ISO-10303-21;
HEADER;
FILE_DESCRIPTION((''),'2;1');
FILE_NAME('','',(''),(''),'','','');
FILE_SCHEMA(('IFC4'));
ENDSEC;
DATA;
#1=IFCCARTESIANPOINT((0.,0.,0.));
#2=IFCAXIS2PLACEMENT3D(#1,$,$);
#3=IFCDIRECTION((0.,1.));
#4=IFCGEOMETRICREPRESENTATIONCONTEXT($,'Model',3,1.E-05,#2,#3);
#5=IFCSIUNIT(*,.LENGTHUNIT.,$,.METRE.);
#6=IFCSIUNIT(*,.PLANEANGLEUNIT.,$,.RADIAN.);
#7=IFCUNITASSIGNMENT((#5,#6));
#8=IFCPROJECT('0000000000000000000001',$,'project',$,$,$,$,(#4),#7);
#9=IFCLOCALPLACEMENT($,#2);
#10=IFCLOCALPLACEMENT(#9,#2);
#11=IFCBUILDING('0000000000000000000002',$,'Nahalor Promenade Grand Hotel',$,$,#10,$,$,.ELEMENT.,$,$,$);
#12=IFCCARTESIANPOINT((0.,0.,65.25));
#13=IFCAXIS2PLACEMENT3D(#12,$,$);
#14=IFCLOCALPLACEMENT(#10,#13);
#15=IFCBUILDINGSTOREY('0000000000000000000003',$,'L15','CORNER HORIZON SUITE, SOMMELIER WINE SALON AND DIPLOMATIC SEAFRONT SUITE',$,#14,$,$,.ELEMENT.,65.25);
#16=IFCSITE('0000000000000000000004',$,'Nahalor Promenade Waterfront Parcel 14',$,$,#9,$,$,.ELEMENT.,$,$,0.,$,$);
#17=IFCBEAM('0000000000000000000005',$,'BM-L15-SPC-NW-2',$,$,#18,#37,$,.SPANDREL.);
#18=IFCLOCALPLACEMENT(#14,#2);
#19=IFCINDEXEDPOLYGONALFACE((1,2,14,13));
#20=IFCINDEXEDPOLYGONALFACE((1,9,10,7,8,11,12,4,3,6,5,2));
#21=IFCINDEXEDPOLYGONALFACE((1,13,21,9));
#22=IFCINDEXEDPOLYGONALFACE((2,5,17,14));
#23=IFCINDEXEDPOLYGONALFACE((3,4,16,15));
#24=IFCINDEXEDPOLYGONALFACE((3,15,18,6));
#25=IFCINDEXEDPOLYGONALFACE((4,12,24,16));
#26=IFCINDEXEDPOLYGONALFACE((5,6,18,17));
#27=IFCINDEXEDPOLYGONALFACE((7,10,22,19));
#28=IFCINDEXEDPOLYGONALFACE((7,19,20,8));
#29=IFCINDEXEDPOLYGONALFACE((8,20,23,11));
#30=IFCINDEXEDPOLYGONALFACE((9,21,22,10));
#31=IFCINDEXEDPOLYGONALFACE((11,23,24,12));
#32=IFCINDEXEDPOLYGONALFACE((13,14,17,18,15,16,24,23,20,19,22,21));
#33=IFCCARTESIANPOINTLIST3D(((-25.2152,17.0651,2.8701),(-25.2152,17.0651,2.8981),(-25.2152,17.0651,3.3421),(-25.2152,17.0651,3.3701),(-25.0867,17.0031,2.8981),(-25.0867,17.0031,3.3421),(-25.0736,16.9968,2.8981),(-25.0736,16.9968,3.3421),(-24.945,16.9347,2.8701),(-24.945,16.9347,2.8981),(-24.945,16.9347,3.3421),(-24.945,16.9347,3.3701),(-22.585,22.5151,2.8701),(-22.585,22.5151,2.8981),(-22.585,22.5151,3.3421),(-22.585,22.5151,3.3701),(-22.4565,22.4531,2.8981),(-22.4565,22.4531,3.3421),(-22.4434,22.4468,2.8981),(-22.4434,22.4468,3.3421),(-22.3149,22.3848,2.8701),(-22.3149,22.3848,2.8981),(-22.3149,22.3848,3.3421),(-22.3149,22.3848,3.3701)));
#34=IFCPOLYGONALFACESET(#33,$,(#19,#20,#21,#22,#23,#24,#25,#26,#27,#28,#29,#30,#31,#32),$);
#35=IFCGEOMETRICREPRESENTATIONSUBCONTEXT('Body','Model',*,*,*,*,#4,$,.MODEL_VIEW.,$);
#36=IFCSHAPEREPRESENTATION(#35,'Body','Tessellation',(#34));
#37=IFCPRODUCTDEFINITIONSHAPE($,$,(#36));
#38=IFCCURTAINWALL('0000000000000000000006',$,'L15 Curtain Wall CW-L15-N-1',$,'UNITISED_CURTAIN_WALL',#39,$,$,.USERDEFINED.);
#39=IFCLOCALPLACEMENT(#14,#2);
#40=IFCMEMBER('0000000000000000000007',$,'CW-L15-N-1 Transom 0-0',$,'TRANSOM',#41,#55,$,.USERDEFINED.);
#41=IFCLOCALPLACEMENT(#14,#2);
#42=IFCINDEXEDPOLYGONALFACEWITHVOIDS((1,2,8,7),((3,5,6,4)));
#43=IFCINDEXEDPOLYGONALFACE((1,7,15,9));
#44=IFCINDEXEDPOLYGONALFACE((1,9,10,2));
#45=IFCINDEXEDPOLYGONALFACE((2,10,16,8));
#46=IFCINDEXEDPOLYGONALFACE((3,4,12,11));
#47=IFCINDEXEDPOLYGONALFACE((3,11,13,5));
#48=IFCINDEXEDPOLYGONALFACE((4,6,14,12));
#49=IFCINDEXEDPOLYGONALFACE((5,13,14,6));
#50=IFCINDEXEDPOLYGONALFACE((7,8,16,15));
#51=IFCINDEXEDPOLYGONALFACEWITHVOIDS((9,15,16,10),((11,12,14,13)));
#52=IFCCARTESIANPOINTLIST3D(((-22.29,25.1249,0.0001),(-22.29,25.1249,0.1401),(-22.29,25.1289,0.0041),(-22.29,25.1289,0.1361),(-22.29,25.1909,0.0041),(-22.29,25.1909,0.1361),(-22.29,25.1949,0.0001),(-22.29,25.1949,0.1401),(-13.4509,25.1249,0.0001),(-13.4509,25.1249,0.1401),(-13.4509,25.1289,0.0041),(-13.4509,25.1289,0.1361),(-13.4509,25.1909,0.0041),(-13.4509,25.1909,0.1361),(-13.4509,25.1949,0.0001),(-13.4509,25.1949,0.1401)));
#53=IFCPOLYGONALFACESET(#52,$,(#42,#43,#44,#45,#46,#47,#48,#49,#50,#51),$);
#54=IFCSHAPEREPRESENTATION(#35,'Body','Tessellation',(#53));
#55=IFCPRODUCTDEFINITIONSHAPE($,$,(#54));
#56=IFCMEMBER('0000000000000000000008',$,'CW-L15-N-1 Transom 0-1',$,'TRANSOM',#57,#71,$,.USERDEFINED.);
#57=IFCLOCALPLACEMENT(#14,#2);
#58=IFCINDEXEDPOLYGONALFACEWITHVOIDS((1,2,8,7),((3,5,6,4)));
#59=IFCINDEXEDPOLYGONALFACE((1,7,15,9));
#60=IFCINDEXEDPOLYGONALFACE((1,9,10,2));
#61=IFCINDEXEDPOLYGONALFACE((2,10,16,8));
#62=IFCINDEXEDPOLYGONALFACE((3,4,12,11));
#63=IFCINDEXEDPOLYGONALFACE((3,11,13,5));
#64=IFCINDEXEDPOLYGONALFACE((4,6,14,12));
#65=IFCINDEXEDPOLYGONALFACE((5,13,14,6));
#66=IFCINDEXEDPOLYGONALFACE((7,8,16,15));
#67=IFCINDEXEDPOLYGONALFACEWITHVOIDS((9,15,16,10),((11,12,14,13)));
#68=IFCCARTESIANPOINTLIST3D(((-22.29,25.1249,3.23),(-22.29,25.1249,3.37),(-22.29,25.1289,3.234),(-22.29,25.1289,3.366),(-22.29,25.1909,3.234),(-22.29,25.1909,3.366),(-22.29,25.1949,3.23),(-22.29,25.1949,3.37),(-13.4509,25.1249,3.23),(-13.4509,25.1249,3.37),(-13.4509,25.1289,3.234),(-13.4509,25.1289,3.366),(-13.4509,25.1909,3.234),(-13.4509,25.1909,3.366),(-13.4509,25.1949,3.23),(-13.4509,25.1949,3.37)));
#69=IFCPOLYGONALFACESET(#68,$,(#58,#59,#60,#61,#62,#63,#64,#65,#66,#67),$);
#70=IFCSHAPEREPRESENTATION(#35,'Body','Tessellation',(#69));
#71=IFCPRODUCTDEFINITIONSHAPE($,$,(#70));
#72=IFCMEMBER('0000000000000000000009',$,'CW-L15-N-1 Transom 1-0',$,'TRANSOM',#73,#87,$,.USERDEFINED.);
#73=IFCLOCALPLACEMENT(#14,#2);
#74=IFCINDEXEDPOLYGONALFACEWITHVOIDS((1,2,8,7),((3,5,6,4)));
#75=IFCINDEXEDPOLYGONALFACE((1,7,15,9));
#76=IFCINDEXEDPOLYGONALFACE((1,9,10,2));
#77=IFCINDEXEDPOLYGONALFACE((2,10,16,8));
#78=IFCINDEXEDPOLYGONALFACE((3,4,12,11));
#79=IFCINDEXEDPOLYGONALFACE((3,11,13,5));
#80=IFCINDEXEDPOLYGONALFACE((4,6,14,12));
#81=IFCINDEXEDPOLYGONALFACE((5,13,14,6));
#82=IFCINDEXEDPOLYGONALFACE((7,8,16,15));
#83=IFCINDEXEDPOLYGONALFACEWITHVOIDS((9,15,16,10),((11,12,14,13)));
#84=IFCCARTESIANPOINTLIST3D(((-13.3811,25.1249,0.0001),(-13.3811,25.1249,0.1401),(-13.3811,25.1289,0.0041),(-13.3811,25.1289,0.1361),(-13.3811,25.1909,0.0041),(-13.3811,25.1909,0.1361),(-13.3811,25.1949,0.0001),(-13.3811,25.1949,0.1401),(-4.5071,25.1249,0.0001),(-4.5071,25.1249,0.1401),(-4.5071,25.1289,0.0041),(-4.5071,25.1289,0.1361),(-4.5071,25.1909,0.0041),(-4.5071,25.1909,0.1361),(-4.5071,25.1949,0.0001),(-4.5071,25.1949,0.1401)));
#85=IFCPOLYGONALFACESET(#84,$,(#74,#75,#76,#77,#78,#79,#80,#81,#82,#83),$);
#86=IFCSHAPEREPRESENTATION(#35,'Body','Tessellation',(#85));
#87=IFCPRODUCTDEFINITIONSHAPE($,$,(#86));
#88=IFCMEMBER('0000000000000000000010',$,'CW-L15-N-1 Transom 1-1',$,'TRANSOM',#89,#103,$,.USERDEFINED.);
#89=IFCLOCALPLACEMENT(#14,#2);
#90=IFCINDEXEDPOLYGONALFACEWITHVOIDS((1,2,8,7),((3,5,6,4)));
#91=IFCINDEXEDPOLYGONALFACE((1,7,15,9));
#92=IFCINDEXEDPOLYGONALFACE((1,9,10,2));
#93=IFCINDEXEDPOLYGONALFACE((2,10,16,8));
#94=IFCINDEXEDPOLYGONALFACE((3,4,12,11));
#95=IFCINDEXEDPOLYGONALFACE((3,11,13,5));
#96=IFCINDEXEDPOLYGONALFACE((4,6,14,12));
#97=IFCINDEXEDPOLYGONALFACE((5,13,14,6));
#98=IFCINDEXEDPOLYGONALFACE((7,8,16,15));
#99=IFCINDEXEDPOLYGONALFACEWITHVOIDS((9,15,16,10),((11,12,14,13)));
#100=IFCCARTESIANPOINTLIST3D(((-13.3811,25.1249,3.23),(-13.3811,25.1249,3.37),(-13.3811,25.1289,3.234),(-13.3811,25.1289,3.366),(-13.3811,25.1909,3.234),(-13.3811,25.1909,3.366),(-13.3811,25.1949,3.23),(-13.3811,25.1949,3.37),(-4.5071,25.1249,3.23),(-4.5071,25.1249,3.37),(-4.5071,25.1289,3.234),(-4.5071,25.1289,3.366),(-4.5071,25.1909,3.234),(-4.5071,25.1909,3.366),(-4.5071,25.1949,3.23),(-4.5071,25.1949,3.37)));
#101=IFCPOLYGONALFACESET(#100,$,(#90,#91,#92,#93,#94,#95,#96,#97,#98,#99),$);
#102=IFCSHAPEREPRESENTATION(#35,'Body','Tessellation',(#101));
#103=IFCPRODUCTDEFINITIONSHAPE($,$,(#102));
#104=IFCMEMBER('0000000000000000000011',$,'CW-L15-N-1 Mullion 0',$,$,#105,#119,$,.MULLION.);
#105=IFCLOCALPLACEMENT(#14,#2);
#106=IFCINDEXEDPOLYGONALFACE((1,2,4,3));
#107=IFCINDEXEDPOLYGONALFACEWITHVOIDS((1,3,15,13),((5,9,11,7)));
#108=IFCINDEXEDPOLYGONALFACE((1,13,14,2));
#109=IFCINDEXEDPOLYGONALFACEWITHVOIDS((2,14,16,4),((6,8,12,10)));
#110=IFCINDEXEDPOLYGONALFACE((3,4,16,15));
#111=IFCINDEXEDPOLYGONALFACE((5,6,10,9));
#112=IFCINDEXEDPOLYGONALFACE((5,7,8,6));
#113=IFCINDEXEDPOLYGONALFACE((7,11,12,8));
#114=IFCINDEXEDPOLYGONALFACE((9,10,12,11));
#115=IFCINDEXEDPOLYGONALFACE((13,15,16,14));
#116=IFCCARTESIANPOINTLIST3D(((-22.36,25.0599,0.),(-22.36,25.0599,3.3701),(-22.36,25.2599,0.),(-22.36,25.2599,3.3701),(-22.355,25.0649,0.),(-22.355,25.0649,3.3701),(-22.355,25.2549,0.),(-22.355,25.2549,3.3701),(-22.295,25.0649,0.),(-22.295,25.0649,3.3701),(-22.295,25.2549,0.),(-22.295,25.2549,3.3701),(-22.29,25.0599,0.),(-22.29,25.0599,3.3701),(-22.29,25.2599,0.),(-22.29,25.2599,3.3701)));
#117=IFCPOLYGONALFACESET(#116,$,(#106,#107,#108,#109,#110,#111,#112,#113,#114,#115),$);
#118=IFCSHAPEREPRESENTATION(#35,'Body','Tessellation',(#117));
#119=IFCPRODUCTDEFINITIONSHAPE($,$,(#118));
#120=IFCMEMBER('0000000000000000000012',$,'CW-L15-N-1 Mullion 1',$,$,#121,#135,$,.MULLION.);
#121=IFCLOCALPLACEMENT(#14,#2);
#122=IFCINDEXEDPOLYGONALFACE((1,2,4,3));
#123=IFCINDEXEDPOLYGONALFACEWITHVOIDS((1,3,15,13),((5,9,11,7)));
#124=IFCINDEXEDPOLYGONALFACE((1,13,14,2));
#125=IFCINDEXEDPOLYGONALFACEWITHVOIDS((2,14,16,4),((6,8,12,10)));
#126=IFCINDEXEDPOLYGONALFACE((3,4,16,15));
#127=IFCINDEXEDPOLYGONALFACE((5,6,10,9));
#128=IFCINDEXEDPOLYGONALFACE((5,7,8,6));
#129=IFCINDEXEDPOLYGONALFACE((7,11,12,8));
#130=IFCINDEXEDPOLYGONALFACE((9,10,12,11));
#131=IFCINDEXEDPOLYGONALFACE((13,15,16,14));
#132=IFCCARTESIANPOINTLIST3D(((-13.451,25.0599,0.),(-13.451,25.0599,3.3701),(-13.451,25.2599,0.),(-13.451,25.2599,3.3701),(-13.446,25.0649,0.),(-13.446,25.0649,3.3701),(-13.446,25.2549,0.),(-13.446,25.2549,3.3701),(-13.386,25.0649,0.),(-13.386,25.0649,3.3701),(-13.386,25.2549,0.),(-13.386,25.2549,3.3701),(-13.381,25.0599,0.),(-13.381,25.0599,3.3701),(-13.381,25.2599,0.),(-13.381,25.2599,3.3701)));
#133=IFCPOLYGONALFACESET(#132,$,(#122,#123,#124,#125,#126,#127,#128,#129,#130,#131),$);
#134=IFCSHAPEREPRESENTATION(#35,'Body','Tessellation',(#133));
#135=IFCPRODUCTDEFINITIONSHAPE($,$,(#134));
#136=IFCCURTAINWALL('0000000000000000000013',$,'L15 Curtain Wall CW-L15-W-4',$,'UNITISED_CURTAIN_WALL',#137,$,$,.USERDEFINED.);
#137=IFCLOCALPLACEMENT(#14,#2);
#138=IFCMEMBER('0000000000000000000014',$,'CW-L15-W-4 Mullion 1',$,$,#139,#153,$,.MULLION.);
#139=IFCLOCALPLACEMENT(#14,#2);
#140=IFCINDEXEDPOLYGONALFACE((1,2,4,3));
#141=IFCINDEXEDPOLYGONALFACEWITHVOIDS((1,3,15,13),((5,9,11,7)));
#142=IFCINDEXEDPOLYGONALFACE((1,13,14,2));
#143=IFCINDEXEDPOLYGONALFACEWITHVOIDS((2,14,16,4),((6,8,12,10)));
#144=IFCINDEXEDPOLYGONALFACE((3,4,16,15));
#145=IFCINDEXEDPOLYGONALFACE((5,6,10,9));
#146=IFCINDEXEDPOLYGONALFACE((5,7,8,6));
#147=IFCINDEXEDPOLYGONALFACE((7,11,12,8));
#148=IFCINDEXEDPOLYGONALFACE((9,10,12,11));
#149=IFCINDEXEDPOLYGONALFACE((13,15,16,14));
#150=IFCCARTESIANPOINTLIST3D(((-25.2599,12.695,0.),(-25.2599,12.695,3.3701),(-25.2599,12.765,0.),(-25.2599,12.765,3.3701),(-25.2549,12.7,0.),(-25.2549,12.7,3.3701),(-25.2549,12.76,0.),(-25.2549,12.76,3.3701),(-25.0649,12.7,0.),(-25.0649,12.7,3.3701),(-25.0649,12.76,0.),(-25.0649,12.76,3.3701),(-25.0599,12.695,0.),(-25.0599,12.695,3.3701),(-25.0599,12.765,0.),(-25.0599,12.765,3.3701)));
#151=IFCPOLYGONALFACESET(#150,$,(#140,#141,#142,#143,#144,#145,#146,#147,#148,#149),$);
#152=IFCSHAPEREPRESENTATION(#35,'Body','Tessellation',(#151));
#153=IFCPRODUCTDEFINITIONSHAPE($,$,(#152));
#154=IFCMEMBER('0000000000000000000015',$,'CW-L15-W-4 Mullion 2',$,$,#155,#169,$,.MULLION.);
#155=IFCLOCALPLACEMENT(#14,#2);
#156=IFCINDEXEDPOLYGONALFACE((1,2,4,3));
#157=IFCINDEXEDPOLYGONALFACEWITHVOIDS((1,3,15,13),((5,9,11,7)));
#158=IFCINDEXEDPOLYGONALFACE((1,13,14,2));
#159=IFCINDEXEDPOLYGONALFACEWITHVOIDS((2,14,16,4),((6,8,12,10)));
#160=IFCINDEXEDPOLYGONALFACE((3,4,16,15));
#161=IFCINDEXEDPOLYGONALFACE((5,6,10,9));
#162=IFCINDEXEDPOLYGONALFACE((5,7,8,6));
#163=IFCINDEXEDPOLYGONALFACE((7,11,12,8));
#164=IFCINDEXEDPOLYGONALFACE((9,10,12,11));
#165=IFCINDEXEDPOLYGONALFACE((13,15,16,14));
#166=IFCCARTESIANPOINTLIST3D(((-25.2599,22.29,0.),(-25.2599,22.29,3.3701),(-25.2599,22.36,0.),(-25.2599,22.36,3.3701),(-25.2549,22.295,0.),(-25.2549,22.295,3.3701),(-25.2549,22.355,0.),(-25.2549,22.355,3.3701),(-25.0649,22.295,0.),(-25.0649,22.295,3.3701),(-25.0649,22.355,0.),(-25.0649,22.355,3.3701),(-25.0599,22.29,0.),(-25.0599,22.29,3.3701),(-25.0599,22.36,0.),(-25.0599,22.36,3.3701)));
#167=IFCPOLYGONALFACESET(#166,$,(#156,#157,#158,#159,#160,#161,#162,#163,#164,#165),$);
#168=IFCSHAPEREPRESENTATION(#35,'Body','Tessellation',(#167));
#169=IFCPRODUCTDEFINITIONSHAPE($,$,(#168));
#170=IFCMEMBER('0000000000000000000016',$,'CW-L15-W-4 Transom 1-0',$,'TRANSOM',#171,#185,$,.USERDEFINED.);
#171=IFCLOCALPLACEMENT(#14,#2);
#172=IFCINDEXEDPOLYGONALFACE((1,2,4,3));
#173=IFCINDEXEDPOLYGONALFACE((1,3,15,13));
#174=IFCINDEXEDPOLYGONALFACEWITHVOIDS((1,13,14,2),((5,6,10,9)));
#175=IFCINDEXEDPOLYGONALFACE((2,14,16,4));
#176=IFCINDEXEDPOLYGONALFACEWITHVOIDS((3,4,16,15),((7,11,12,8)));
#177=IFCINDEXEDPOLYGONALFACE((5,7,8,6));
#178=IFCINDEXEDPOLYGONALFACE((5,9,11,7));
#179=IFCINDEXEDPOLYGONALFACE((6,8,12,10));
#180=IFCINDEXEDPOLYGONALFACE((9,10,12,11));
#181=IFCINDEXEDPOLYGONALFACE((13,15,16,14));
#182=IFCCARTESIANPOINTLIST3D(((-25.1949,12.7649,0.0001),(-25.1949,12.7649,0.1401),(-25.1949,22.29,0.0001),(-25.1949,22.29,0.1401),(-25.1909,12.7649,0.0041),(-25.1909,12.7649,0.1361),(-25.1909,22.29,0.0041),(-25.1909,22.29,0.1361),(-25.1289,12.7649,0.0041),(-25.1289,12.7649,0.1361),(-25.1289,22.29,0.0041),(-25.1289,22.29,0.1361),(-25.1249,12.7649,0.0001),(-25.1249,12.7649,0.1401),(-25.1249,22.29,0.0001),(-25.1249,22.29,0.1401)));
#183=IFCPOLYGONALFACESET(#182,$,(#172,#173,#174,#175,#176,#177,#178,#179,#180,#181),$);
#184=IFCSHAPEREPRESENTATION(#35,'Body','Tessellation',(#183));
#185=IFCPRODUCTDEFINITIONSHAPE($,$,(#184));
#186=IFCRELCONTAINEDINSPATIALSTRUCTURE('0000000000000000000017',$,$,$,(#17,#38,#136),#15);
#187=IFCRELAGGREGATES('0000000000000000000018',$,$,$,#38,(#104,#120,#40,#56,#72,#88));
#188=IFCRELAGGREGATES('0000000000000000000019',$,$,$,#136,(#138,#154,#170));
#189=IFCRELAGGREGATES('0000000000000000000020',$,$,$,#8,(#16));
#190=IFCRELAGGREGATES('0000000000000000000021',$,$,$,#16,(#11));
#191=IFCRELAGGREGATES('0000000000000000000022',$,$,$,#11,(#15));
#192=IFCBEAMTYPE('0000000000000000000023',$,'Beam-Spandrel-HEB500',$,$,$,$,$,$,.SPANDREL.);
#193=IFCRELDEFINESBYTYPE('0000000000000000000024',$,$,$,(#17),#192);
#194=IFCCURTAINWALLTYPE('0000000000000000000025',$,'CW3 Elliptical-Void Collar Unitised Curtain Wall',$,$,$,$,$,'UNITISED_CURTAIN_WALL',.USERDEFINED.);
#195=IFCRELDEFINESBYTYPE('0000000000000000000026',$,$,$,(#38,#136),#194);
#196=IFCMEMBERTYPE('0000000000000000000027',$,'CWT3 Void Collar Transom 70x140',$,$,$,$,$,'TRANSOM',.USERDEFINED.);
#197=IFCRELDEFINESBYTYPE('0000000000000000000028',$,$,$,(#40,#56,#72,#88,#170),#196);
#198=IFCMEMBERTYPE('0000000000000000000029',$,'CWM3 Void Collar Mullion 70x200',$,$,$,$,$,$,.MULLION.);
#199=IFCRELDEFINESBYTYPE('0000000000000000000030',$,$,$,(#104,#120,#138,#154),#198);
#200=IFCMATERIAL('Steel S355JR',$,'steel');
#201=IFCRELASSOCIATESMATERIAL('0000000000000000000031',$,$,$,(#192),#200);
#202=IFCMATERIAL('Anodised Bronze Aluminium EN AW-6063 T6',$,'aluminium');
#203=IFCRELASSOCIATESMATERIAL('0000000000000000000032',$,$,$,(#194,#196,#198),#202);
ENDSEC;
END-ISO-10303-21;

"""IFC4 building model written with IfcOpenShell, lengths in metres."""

from ifc_helpers import new_model, si_unit, direction, frame, origin, origin_2d, place, context, subcontext, project, spatial, hollow_rectangle, i_section, extrude, source, transform, mapped, material, material_profile, profile_set, type_object, element, aggregate, save


model = new_model("IFC4")

# Units and contexts
model_context = context("Model", 3, precision=1e-05, world=origin(), true_north=direction((0.0, 1.0)))
body_context = subcontext(model_context, "Body", "Model", "MODEL_VIEW")
ifc_project = project(units=[si_unit("LENGTHUNIT", "METRE"), si_unit("PLANEANGLEUNIT", "RADIAN")], contexts=[model_context])

# Site, building, storey
site_placement = place(None, origin())
site = spatial("IfcSite", under=ifc_project, at=site_placement, Name="Nahalor Promenade Waterfront Parcel 14", CompositionType="ELEMENT", RefElevation=0.0)
building_placement = place(site_placement, origin())
building = spatial("IfcBuilding", under=site, at=building_placement, Name="Nahalor Promenade Grand Hotel", CompositionType="ELEMENT")
storey_placement = place(building_placement, frame((0.0, 0.0, 65.25)))
storey = spatial("IfcBuildingStorey", under=building, at=storey_placement, Name="L15", Description="CORNER HORIZON SUITE, SOMMELIER WINE SALON AND DIPLOMATIC SEAFRONT SUITE", CompositionType="ELEMENT", Elevation=65.25)

# Beam
ifc_material_1 = material(Name="Steel S355JR", Category="steel")
ifc_material_profile_1 = material_profile(ifc_material_1, i_section(OverallWidth=0.3, OverallDepth=0.5, WebThickness=0.0145, FlangeThickness=0.028, at=origin_2d()), Name="HEB 500")
ifc_profile_set_1 = profile_set([ifc_material_profile_1], Name="Steel S355JR")
beam_type_1 = type_object("IfcBeamType", Name="Beam-Spandrel-HEB500", PredefinedType="SPANDREL", material=ifc_profile_set_1)
shared_shape_1 = source(origin(), body_context, "Body", "SweptSolid", [
    extrude(i_section(OverallWidth=0.3, OverallDepth=0.5, WebThickness=0.0145, FlangeThickness=0.028, at=origin_2d()), origin(), (0.0, 0.0, 1.0), 6.0515),
])
for number, where, z_axis, x_axis, name in (
    (1, (-22.45, 22.45, 3.1201), (-0.434631, -0.900609, 0.0), (0.900609, -0.434631, 0.0), "BM-L15-SPC-NW-2"),
):
    element("IfcBeam", number, at=place(storey_placement, frame(where, z_axis=z_axis, x_axis=x_axis)), inside=storey, type_object=beam_type_1, Name=name, PredefinedType="SPANDREL", context=body_context, shape_type="MappedRepresentation", body=[
        mapped(shared_shape_1, transform((0.0, 0.0, 0.0), scale=1.0)),
    ])

# Curtain walls, members
ifc_material_2 = material(Name="Anodised Bronze Aluminium EN AW-6063 T6", Category="aluminium")
curtain_wall_type = type_object("IfcCurtainWallType", Name="CW3 Elliptical-Void Collar Unitised Curtain Wall", ElementType="UNITISED_CURTAIN_WALL", PredefinedType="USERDEFINED", material=ifc_material_2)
curtain_wall_1_placement = place(storey_placement, origin())
curtain_wall_1 = element("IfcCurtainWall", 2, at=curtain_wall_1_placement, inside=storey, type_object=curtain_wall_type, Name="L15 Curtain Wall CW-L15-N-1", ObjectType="UNITISED_CURTAIN_WALL", PredefinedType="USERDEFINED")
ifc_material_profile_2 = material_profile(ifc_material_2, hollow_rectangle(XDim=0.07, YDim=0.14, WallThickness=0.004, at=origin_2d()), Name="CWT 70x140x4")
ifc_profile_set_2 = profile_set([ifc_material_profile_2], Name="Anodised Bronze Aluminium EN AW-6063 T6")
member_type_1 = type_object("IfcMemberType", Name="CWT3 Void Collar Transom 70x140", ElementType="TRANSOM", PredefinedType="USERDEFINED", material=ifc_profile_set_2)
shared_shape_2 = source(origin(), body_context, "Body", "SweptSolid", [
    extrude(hollow_rectangle(XDim=0.07, YDim=0.14, WallThickness=0.004, at=origin_2d()), origin(), (0.0, 0.0, 1.0), 8.8391),
])
member_1_placement = place(storey_placement, frame((-22.29, 25.1599, 0.0701), z_axis=(1.0, 0.0, 0.0), x_axis=(0.0, 1.0, 0.0)))
member_1 = element("IfcMember", 3, at=member_1_placement, type_object=member_type_1, Name="CW-L15-N-1 Transom 0-0", ObjectType="TRANSOM", PredefinedType="USERDEFINED", context=body_context, shape_type="MappedRepresentation", body=[
    mapped(shared_shape_2, transform((0.0, 0.0, 0.0), scale=1.0)),
])
member_2_placement = place(storey_placement, frame((-22.29, 25.1599, 3.3), z_axis=(1.0, 0.0, 0.0), x_axis=(0.0, 1.0, 0.0)))
member_2 = element("IfcMember", 4, at=member_2_placement, type_object=member_type_1, Name="CW-L15-N-1 Transom 0-1", ObjectType="TRANSOM", PredefinedType="USERDEFINED", context=body_context, shape_type="MappedRepresentation", body=[
    mapped(shared_shape_2, transform((0.0, 0.0, 0.0), scale=1.0)),
])
shared_shape_3 = source(origin(), body_context, "Body", "SweptSolid", [
    extrude(hollow_rectangle(XDim=0.07, YDim=0.14, WallThickness=0.004, at=origin_2d()), origin(), (0.0, 0.0, 1.0), 8.874),
])
member_3_placement = place(storey_placement, frame((-13.3811, 25.1599, 0.0701), z_axis=(1.0, 0.0, 0.0), x_axis=(0.0, 1.0, 0.0)))
member_3 = element("IfcMember", 5, at=member_3_placement, type_object=member_type_1, Name="CW-L15-N-1 Transom 1-0", ObjectType="TRANSOM", PredefinedType="USERDEFINED", context=body_context, shape_type="MappedRepresentation", body=[
    mapped(shared_shape_3, transform((0.0, 0.0, 0.0), scale=1.0)),
])
member_4_placement = place(storey_placement, frame((-13.3811, 25.1599, 3.3), z_axis=(1.0, 0.0, 0.0), x_axis=(0.0, 1.0, 0.0)))
member_4 = element("IfcMember", 6, at=member_4_placement, type_object=member_type_1, Name="CW-L15-N-1 Transom 1-1", ObjectType="TRANSOM", PredefinedType="USERDEFINED", context=body_context, shape_type="MappedRepresentation", body=[
    mapped(shared_shape_3, transform((0.0, 0.0, 0.0), scale=1.0)),
])
ifc_material_profile_3 = material_profile(ifc_material_2, hollow_rectangle(XDim=0.07, YDim=0.2, WallThickness=0.005, at=origin_2d()), Name="CWM 70x200x5")
ifc_profile_set_3 = profile_set([ifc_material_profile_3], Name="Anodised Bronze Aluminium EN AW-6063 T6")
member_type_2 = type_object("IfcMemberType", Name="CWM3 Void Collar Mullion 70x200", PredefinedType="MULLION", material=ifc_profile_set_3)
shared_shape_4 = source(origin(), body_context, "Body", "SweptSolid", [
    extrude(hollow_rectangle(XDim=0.07, YDim=0.2, WallThickness=0.005, at=origin_2d()), origin(), (0.0, 0.0, 1.0), 3.3701),
])
member_5_placement = place(storey_placement, frame((-22.325, 25.1599, 0.0), z_axis=(0.0, 0.0, 1.0), x_axis=(1.0, 0.0, 0.0)))
member_5 = element("IfcMember", 7, at=member_5_placement, type_object=member_type_2, Name="CW-L15-N-1 Mullion 0", PredefinedType="MULLION", context=body_context, shape_type="MappedRepresentation", body=[
    mapped(shared_shape_4, transform((0.0, 0.0, 0.0), scale=1.0)),
])
member_6_placement = place(storey_placement, frame((-13.416, 25.1599, 0.0), z_axis=(0.0, 0.0, 1.0), x_axis=(1.0, 0.0, 0.0)))
member_6 = element("IfcMember", 8, at=member_6_placement, type_object=member_type_2, Name="CW-L15-N-1 Mullion 1", PredefinedType="MULLION", context=body_context, shape_type="MappedRepresentation", body=[
    mapped(shared_shape_4, transform((0.0, 0.0, 0.0), scale=1.0)),
])
curtain_wall_2_placement = place(storey_placement, origin())
curtain_wall_2 = element("IfcCurtainWall", 9, at=curtain_wall_2_placement, inside=storey, type_object=curtain_wall_type, Name="L15 Curtain Wall CW-L15-W-4", ObjectType="UNITISED_CURTAIN_WALL", PredefinedType="USERDEFINED")
member_7_placement = place(storey_placement, frame((-25.1599, 12.73, 0.0), z_axis=(0.0, 0.0, 1.0), x_axis=(0.0, 1.0, 0.0)))
member_7 = element("IfcMember", 10, at=member_7_placement, type_object=member_type_2, Name="CW-L15-W-4 Mullion 1", PredefinedType="MULLION", context=body_context, shape_type="MappedRepresentation", body=[
    mapped(shared_shape_4, transform((0.0, 0.0, 0.0), scale=1.0)),
])
member_8_placement = place(storey_placement, frame((-25.1599, 22.325, 0.0), z_axis=(0.0, 0.0, 1.0), x_axis=(0.0, 1.0, 0.0)))
member_8 = element("IfcMember", 11, at=member_8_placement, type_object=member_type_2, Name="CW-L15-W-4 Mullion 2", PredefinedType="MULLION", context=body_context, shape_type="MappedRepresentation", body=[
    mapped(shared_shape_4, transform((0.0, 0.0, 0.0), scale=1.0)),
])
shared_shape_5 = source(origin(), body_context, "Body", "SweptSolid", [
    extrude(hollow_rectangle(XDim=0.07, YDim=0.14, WallThickness=0.004, at=origin_2d()), origin(), (0.0, 0.0, 1.0), 9.5251),
])
member_9_placement = place(storey_placement, frame((-25.1599, 12.7649, 0.0701), z_axis=(0.0, 1.0, 0.0), x_axis=(-1.0, 0.0, 0.0)))
member_9 = element("IfcMember", 12, at=member_9_placement, type_object=member_type_1, Name="CW-L15-W-4 Transom 1-0", ObjectType="TRANSOM", PredefinedType="USERDEFINED", context=body_context, shape_type="MappedRepresentation", body=[
    mapped(shared_shape_5, transform((0.0, 0.0, 0.0), scale=1.0)),
])

aggregate(curtain_wall_1, [member_5, member_6, member_1, member_2, member_3, member_4])
aggregate(curtain_wall_2, [member_7, member_8, member_9])

save(model, "model.ifc")
